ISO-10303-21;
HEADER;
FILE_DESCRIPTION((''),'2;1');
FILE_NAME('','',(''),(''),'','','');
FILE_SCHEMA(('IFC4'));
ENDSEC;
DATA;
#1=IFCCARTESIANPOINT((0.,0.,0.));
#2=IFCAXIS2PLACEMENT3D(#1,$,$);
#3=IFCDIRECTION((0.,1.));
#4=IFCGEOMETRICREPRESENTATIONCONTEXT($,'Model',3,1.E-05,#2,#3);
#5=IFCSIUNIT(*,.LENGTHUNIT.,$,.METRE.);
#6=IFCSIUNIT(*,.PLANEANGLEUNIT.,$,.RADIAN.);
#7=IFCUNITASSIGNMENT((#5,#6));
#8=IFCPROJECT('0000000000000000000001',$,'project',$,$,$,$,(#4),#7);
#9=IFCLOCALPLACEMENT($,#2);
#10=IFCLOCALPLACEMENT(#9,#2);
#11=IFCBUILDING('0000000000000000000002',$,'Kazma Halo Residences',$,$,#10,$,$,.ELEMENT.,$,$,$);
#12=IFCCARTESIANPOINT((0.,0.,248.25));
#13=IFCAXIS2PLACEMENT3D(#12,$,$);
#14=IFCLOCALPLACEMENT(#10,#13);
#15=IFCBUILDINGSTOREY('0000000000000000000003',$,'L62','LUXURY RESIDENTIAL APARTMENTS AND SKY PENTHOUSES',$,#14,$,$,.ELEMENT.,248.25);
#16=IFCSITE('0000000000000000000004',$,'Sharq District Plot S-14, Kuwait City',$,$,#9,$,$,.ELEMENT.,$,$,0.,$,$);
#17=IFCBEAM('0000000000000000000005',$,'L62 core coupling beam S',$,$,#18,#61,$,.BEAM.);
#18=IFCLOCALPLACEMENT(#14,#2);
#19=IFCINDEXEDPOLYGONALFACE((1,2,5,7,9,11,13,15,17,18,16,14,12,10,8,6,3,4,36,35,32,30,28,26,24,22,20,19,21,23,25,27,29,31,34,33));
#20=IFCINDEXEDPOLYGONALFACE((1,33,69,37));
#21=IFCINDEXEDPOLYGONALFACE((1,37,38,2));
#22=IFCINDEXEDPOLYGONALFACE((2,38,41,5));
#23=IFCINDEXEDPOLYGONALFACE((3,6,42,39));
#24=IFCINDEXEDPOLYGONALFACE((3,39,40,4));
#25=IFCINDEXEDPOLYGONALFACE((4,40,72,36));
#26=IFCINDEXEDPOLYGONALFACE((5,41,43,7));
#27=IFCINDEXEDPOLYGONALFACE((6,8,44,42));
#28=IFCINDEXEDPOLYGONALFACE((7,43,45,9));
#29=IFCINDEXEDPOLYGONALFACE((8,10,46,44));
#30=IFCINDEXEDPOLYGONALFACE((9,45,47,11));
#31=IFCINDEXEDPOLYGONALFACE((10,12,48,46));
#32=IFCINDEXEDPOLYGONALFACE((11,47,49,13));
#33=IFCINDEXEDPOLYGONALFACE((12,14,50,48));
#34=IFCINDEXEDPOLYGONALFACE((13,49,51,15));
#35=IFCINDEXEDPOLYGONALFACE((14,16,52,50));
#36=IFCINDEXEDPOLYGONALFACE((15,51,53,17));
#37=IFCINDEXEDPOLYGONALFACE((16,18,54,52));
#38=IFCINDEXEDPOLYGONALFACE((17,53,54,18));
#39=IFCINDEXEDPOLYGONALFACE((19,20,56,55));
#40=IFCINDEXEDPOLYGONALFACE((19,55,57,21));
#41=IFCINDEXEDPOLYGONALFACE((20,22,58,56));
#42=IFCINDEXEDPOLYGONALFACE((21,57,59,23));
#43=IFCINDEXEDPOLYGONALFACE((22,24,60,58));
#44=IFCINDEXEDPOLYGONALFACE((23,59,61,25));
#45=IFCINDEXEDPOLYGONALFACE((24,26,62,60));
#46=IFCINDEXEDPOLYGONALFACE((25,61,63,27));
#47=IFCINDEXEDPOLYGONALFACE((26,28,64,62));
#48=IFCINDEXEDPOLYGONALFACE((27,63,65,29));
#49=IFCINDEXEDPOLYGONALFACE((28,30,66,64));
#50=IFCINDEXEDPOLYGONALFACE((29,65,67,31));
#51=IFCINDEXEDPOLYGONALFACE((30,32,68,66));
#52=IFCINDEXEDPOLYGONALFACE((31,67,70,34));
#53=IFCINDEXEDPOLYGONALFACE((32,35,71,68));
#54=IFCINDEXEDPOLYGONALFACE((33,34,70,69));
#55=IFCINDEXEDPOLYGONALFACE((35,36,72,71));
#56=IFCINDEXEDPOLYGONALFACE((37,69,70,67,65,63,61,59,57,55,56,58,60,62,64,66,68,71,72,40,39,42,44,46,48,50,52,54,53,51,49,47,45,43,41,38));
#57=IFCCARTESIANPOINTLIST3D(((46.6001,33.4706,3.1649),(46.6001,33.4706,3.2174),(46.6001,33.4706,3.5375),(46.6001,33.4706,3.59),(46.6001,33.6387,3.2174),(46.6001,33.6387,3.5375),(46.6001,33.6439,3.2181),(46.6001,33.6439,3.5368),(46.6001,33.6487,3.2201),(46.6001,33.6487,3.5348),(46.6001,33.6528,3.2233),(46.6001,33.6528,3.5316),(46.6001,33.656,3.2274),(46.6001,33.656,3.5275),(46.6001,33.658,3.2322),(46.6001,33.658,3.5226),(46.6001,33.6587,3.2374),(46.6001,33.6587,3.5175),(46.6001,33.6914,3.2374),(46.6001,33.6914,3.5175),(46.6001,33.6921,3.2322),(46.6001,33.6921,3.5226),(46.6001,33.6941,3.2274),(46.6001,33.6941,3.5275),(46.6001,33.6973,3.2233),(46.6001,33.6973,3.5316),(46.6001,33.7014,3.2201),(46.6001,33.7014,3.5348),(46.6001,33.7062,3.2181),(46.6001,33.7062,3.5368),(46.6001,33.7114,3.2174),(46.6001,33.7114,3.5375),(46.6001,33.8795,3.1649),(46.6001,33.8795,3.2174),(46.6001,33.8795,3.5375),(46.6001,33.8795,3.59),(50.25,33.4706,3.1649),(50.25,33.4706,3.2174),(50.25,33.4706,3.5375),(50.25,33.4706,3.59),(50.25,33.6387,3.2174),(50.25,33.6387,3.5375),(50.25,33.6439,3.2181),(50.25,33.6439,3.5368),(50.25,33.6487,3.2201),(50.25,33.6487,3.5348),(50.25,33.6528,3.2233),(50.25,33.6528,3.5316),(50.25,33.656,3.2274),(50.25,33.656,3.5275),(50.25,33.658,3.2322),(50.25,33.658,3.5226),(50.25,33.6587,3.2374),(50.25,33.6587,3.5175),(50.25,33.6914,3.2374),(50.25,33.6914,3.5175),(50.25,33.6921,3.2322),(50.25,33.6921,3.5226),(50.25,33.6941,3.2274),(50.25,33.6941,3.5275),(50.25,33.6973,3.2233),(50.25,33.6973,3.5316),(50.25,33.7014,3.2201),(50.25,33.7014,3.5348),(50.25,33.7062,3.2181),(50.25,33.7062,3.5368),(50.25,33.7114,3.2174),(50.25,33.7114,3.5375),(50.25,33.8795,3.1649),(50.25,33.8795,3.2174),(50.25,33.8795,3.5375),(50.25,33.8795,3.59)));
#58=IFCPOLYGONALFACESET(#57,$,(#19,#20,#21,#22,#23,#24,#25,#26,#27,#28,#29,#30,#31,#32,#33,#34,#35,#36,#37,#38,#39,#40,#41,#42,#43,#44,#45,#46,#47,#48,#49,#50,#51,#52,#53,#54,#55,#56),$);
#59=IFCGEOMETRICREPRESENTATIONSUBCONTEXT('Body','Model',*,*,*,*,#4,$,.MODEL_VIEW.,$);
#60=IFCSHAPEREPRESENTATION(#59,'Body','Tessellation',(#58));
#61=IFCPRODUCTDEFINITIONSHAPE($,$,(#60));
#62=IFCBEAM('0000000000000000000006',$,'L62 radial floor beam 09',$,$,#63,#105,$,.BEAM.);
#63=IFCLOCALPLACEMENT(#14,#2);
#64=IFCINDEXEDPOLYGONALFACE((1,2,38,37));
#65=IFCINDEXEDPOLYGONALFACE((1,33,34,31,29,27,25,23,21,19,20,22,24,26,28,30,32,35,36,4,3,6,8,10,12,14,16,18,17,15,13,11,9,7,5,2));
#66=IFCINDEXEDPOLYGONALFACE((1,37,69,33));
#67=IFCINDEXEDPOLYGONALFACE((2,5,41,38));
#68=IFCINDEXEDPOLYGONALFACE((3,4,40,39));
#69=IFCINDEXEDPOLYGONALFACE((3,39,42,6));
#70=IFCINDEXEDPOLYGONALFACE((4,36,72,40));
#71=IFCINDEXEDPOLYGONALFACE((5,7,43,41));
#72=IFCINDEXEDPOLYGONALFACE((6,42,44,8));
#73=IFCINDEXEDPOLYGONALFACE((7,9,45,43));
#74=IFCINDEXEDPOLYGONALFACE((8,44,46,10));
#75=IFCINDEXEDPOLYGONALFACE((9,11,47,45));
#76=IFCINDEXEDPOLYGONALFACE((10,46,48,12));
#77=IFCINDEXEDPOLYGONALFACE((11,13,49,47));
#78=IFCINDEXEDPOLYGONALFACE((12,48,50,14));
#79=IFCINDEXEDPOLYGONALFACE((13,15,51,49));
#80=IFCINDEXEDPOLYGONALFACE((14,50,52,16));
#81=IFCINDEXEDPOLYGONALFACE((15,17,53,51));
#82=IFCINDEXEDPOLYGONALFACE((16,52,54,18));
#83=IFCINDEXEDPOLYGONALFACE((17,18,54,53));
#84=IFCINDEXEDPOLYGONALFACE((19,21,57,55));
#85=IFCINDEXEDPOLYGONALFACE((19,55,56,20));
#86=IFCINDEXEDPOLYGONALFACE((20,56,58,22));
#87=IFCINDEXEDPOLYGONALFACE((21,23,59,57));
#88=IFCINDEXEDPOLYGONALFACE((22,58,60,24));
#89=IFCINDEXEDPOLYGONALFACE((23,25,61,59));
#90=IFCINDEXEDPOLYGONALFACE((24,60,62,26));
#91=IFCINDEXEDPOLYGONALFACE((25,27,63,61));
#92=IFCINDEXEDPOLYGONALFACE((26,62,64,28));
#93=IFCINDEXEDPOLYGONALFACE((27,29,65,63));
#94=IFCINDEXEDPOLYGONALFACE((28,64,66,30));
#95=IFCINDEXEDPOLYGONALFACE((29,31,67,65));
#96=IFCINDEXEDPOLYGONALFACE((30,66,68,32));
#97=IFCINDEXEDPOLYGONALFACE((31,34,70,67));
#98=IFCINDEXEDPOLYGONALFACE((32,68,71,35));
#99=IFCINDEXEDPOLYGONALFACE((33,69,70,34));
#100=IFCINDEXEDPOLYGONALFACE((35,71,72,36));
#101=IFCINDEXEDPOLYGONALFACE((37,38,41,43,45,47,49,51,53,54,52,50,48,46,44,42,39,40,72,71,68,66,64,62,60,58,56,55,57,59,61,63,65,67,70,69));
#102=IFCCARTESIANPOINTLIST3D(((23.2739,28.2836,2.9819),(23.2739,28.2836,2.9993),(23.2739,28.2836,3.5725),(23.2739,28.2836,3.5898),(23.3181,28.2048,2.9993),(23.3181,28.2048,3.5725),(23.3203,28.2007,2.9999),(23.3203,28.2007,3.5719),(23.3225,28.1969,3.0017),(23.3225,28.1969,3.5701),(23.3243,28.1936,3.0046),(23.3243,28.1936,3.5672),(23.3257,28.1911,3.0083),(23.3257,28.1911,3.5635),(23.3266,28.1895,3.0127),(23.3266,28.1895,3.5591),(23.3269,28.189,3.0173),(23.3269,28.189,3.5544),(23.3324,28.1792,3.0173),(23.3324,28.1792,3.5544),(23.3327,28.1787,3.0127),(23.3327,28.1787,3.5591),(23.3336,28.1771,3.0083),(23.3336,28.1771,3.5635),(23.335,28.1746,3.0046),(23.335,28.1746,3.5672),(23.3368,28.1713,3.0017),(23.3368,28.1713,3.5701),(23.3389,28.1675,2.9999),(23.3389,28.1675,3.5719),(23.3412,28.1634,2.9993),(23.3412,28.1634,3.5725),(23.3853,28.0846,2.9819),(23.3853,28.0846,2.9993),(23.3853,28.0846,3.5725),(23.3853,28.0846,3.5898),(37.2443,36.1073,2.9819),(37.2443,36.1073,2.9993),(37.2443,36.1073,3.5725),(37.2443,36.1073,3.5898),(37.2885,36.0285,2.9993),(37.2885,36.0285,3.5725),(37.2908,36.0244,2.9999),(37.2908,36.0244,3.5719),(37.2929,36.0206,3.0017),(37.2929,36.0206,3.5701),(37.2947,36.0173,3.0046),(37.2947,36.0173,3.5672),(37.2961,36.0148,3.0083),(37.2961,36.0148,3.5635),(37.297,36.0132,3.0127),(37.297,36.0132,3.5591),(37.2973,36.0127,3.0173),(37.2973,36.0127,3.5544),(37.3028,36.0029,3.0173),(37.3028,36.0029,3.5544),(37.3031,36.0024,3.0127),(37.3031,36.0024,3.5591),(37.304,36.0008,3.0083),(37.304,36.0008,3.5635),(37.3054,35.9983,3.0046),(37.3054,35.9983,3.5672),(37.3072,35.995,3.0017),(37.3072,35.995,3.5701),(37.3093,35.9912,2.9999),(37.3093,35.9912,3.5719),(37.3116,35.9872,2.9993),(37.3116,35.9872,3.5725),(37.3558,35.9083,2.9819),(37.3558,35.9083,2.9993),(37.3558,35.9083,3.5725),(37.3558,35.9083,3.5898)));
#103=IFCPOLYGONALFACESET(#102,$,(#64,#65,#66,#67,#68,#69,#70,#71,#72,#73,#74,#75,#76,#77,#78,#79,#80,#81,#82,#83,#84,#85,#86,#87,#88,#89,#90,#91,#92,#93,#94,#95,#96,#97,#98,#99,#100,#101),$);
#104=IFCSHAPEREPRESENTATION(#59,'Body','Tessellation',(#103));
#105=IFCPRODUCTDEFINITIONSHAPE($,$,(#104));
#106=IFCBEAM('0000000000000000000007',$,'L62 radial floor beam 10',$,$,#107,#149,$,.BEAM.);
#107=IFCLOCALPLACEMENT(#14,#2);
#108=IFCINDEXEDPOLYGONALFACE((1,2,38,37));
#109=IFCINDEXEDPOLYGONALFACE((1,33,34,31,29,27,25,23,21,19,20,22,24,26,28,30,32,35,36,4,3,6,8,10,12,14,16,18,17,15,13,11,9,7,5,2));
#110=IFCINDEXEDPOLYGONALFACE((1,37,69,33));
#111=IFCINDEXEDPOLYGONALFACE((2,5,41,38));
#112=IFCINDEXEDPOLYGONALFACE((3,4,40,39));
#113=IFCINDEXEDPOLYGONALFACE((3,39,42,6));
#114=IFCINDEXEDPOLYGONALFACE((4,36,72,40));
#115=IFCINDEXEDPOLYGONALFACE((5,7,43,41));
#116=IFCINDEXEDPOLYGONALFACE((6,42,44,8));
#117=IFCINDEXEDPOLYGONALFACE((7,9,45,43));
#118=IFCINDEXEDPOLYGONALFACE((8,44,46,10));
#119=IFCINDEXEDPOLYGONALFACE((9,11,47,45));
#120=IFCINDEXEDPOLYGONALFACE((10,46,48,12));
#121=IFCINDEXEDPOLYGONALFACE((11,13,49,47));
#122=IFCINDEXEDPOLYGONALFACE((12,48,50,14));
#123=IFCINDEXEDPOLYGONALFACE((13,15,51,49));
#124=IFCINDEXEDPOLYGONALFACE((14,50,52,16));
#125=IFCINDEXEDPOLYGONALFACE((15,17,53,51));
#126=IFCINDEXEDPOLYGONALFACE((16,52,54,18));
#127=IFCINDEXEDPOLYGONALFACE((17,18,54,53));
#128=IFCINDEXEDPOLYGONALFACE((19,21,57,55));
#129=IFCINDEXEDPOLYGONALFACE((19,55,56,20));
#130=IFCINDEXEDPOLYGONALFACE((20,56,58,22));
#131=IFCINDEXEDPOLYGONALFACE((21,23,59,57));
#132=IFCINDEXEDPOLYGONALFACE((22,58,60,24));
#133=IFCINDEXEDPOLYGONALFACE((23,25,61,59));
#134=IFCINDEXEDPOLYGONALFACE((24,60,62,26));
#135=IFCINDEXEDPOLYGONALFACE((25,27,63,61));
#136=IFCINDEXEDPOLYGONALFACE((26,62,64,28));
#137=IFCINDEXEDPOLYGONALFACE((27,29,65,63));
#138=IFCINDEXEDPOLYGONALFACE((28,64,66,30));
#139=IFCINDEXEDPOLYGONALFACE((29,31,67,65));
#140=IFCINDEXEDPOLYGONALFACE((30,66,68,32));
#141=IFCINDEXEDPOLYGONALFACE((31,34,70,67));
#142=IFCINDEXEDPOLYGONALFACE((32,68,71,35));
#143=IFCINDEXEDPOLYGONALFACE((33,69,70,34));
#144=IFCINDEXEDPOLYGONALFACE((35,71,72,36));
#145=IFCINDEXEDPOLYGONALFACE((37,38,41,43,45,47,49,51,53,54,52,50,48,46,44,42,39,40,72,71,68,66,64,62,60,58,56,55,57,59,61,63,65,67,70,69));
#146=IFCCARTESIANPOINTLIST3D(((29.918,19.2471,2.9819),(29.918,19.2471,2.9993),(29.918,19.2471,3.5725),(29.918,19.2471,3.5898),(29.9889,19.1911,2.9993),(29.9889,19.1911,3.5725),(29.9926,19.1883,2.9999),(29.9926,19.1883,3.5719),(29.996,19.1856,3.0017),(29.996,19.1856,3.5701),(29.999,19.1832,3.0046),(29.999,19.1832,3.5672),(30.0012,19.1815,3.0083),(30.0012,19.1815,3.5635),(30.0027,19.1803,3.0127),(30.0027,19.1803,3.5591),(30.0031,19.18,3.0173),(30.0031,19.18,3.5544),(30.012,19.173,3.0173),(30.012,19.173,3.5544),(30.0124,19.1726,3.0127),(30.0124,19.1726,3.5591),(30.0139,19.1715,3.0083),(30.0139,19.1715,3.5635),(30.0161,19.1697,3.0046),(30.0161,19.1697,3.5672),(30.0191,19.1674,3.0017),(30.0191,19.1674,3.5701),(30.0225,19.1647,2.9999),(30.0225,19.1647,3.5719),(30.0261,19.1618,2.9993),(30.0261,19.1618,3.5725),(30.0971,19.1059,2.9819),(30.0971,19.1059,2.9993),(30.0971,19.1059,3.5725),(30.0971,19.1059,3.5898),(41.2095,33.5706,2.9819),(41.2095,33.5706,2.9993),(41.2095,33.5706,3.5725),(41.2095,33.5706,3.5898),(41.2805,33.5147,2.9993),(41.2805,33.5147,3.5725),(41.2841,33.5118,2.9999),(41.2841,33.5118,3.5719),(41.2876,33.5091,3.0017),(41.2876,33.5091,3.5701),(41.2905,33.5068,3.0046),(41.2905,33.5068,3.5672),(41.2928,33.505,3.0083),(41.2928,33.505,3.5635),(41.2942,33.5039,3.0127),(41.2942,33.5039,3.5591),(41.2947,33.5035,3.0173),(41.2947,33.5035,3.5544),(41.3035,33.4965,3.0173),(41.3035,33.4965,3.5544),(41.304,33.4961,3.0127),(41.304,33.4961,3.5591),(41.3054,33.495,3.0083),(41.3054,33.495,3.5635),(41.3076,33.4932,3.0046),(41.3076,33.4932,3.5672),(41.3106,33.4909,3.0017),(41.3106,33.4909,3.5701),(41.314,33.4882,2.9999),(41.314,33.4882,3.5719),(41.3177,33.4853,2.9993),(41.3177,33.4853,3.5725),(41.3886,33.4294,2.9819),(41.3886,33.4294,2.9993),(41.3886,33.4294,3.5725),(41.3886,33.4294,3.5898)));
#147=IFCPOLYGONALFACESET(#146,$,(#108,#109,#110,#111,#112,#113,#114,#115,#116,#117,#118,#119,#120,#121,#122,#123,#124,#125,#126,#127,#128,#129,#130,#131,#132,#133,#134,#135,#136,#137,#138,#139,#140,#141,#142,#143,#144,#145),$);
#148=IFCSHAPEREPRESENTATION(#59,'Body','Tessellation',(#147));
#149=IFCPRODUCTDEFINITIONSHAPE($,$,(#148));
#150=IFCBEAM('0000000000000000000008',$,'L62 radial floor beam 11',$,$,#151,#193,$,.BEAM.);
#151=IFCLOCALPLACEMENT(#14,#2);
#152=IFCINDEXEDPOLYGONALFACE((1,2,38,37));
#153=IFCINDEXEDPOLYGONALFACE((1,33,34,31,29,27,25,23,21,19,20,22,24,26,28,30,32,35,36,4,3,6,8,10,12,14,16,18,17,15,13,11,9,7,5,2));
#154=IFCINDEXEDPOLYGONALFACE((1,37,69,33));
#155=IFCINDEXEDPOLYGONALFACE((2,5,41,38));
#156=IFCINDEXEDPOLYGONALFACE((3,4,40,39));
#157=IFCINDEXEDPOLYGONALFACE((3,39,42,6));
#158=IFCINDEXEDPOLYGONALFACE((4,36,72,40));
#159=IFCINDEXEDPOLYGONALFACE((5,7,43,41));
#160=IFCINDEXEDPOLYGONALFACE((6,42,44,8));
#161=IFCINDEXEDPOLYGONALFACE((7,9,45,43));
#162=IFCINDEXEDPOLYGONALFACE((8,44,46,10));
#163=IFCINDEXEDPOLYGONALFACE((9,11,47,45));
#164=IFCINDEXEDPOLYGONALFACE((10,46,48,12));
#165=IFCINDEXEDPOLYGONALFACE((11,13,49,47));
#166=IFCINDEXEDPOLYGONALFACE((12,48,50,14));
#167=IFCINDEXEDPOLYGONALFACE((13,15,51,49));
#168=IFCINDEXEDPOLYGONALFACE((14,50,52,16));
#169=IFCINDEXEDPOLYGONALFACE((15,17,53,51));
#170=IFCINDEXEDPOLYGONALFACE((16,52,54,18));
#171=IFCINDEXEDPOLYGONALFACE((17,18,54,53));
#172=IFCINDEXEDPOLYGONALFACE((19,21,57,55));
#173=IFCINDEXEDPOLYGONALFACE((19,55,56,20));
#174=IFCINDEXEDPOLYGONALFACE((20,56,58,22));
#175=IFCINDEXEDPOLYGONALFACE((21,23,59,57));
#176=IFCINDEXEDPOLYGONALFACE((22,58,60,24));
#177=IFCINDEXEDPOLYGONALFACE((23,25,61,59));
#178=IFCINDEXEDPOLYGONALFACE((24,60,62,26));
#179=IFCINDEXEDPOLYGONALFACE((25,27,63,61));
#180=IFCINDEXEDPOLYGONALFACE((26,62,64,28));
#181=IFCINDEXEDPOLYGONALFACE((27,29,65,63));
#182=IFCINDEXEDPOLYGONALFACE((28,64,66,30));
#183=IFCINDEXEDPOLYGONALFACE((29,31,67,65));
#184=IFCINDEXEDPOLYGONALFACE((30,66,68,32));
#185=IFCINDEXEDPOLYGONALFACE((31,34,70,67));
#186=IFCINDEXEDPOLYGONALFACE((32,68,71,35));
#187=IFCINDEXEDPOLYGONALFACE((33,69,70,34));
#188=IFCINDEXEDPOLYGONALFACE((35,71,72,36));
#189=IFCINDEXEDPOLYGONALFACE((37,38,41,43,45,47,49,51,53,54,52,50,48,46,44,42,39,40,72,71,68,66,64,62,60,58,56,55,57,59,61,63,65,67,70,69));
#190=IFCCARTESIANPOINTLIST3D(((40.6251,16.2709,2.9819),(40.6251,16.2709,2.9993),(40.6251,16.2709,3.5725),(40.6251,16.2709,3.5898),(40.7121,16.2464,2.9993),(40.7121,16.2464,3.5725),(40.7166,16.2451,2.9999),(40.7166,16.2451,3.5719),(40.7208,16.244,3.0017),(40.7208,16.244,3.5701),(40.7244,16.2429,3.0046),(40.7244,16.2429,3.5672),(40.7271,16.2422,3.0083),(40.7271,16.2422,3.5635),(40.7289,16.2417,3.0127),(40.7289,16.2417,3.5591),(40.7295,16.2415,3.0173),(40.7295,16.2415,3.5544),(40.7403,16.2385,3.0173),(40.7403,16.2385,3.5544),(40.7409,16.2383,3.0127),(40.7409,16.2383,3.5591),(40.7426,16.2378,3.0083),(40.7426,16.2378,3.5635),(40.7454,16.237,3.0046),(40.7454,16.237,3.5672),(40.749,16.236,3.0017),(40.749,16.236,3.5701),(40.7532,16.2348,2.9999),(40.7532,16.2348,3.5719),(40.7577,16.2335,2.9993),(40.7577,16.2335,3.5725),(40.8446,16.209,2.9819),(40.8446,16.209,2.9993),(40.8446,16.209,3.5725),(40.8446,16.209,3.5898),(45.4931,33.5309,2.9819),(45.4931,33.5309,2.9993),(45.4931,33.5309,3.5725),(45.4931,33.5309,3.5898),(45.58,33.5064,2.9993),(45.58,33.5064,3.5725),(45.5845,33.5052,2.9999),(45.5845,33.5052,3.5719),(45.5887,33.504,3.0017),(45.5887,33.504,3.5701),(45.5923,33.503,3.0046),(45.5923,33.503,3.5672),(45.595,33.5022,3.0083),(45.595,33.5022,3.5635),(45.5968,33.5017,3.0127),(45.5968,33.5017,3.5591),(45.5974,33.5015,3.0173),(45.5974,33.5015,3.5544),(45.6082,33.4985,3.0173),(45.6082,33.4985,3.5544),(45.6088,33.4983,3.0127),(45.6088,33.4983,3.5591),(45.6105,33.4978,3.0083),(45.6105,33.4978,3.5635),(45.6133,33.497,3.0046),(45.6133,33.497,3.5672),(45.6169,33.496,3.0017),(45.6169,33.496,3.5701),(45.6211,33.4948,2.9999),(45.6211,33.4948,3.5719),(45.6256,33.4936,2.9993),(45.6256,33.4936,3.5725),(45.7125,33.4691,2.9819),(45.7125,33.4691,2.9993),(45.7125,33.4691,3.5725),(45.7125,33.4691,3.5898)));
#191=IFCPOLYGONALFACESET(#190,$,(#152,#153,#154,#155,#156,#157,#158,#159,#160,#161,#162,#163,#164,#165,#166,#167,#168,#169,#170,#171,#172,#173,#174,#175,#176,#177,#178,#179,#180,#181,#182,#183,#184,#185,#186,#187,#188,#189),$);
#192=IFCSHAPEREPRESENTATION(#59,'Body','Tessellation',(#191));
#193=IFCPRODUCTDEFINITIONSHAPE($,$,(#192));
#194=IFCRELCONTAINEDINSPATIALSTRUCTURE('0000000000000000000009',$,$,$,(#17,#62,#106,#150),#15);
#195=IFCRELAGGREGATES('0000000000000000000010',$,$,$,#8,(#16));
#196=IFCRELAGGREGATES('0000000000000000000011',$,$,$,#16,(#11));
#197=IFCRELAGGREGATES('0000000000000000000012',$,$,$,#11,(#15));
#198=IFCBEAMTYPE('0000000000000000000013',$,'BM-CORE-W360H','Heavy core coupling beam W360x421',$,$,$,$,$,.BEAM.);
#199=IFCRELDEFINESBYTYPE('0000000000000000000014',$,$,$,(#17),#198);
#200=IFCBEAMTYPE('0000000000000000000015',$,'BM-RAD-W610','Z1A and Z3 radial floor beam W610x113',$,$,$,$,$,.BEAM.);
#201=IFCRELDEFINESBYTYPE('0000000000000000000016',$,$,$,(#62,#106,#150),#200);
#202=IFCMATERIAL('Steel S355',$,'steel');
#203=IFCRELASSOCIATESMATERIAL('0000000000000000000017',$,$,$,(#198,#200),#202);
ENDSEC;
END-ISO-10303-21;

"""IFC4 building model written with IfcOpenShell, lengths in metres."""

from ifc_helpers import new_model, si_unit, direction, frame, origin, origin_2d, place, context, subcontext, project, spatial, i_section, extrude, material, material_profile, profile_set, type_object, element, save


model = new_model("IFC4")

# Units and contexts
model_context = context("Model", 3, precision=1e-05, world=origin(), true_north=direction((0.0, 1.0)))
body_context = subcontext(model_context, "Body", "Model", "MODEL_VIEW")
ifc_project = project(units=[si_unit("LENGTHUNIT", "METRE"), si_unit("PLANEANGLEUNIT", "RADIAN")], contexts=[model_context])

# Site, building, storey
site_placement = place(None, origin())
site = spatial("IfcSite", under=ifc_project, at=site_placement, Name="Sharq District Plot S-14, Kuwait City", CompositionType="ELEMENT", RefElevation=0.0)
building_placement = place(site_placement, origin())
building = spatial("IfcBuilding", under=site, at=building_placement, Name="Kazma Halo Residences", CompositionType="ELEMENT")
storey_placement = place(building_placement, frame((0.0, 0.0, 248.25)))
storey = spatial("IfcBuildingStorey", under=building, at=storey_placement, Name="L62", Description="LUXURY RESIDENTIAL APARTMENTS AND SKY PENTHOUSES", CompositionType="ELEMENT", Elevation=248.25)

# Beams
ifc_material_1 = material(Name="Steel S355", Category="steel")
ifc_material_profile_1 = material_profile(ifc_material_1, i_section(OverallWidth=0.4089, OverallDepth=0.425, WebThickness=0.0327, FlangeThickness=0.0525, FilletRadius=0.02, at=origin_2d()), Name="W360x421")
ifc_profile_set_1 = profile_set([ifc_material_profile_1], Name="Steel S355")
beam_type_1 = type_object("IfcBeamType", Name="BM-CORE-W360H", Description="Heavy core coupling beam W360x421", PredefinedType="BEAM", material=ifc_profile_set_1)
beam_1_placement = place(storey_placement, frame((46.6001, 33.675, 3.3774), z_axis=(1.0, 0.0, 0.0), x_axis=(0.0, 1.0, 0.0)))
element("IfcBeam", 1, at=beam_1_placement, inside=storey, type_object=beam_type_1, Name="L62 core coupling beam S", PredefinedType="BEAM", context=body_context, shape_type="SweptSolid", body=[
    extrude(i_section(OverallWidth=0.4089, OverallDepth=0.425, WebThickness=0.0327, FlangeThickness=0.0525, FilletRadius=0.02, at=origin_2d()), origin(), (0.0, 0.0, 1.0), 3.6499),
])
ifc_material_profile_2 = material_profile(ifc_material_1, i_section(OverallWidth=0.228, OverallDepth=0.6079, WebThickness=0.0112, FlangeThickness=0.0173, FilletRadius=0.0181, at=origin_2d()), Name="W610x113")
ifc_profile_set_2 = profile_set([ifc_material_profile_2], Name="Steel S355")
beam_type_2 = type_object("IfcBeamType", Name="BM-RAD-W610", Description="Z1A and Z3 radial floor beam W610x113", PredefinedType="BEAM", material=ifc_profile_set_2)
beam_2_placement = place(storey_placement, frame((37.3, 36.0078, 3.2859), z_axis=(-0.872499, -0.488616, 0.0), x_axis=(0.488616, -0.872499, 0.0)))
element("IfcBeam", 2, at=beam_2_placement, inside=storey, type_object=beam_type_2, Name="L62 radial floor beam 09", PredefinedType="BEAM", context=body_context, shape_type="SweptSolid", body=[
    extrude(i_section(OverallWidth=0.228, OverallDepth=0.6079, WebThickness=0.0112, FlangeThickness=0.0173, FilletRadius=0.0181, at=origin_2d()), origin(), (0.0, 0.0, 1.0), 16.012),
])
beam_3_placement = place(storey_placement, frame((41.2991, 33.5, 3.2859), z_axis=(-0.619086, -0.785323, 0.0), x_axis=(0.785323, -0.619086, 0.0)))
element("IfcBeam", 3, at=beam_3_placement, inside=storey, type_object=beam_type_2, Name="L62 radial floor beam 10", PredefinedType="BEAM", context=body_context, shape_type="SweptSolid", body=[
    extrude(i_section(OverallWidth=0.228, OverallDepth=0.6079, WebThickness=0.0112, FlangeThickness=0.0173, FilletRadius=0.0181, at=origin_2d()), origin(), (0.0, 0.0, 1.0), 18.239),
])
beam_4_placement = place(storey_placement, frame((45.6028, 33.5, 3.2859), z_axis=(-0.271445, -0.962454, 0.0), x_axis=(0.962454, -0.271445, 0.0)))
element("IfcBeam", 4, at=beam_4_placement, inside=storey, type_object=beam_type_2, Name="L62 radial floor beam 11", PredefinedType="BEAM", context=body_context, shape_type="SweptSolid", body=[
    extrude(i_section(OverallWidth=0.228, OverallDepth=0.6079, WebThickness=0.0112, FlangeThickness=0.0173, FilletRadius=0.0181, at=origin_2d()), origin(), (0.0, 0.0, 1.0), 17.9333),
])

save(model, "model.ifc")
